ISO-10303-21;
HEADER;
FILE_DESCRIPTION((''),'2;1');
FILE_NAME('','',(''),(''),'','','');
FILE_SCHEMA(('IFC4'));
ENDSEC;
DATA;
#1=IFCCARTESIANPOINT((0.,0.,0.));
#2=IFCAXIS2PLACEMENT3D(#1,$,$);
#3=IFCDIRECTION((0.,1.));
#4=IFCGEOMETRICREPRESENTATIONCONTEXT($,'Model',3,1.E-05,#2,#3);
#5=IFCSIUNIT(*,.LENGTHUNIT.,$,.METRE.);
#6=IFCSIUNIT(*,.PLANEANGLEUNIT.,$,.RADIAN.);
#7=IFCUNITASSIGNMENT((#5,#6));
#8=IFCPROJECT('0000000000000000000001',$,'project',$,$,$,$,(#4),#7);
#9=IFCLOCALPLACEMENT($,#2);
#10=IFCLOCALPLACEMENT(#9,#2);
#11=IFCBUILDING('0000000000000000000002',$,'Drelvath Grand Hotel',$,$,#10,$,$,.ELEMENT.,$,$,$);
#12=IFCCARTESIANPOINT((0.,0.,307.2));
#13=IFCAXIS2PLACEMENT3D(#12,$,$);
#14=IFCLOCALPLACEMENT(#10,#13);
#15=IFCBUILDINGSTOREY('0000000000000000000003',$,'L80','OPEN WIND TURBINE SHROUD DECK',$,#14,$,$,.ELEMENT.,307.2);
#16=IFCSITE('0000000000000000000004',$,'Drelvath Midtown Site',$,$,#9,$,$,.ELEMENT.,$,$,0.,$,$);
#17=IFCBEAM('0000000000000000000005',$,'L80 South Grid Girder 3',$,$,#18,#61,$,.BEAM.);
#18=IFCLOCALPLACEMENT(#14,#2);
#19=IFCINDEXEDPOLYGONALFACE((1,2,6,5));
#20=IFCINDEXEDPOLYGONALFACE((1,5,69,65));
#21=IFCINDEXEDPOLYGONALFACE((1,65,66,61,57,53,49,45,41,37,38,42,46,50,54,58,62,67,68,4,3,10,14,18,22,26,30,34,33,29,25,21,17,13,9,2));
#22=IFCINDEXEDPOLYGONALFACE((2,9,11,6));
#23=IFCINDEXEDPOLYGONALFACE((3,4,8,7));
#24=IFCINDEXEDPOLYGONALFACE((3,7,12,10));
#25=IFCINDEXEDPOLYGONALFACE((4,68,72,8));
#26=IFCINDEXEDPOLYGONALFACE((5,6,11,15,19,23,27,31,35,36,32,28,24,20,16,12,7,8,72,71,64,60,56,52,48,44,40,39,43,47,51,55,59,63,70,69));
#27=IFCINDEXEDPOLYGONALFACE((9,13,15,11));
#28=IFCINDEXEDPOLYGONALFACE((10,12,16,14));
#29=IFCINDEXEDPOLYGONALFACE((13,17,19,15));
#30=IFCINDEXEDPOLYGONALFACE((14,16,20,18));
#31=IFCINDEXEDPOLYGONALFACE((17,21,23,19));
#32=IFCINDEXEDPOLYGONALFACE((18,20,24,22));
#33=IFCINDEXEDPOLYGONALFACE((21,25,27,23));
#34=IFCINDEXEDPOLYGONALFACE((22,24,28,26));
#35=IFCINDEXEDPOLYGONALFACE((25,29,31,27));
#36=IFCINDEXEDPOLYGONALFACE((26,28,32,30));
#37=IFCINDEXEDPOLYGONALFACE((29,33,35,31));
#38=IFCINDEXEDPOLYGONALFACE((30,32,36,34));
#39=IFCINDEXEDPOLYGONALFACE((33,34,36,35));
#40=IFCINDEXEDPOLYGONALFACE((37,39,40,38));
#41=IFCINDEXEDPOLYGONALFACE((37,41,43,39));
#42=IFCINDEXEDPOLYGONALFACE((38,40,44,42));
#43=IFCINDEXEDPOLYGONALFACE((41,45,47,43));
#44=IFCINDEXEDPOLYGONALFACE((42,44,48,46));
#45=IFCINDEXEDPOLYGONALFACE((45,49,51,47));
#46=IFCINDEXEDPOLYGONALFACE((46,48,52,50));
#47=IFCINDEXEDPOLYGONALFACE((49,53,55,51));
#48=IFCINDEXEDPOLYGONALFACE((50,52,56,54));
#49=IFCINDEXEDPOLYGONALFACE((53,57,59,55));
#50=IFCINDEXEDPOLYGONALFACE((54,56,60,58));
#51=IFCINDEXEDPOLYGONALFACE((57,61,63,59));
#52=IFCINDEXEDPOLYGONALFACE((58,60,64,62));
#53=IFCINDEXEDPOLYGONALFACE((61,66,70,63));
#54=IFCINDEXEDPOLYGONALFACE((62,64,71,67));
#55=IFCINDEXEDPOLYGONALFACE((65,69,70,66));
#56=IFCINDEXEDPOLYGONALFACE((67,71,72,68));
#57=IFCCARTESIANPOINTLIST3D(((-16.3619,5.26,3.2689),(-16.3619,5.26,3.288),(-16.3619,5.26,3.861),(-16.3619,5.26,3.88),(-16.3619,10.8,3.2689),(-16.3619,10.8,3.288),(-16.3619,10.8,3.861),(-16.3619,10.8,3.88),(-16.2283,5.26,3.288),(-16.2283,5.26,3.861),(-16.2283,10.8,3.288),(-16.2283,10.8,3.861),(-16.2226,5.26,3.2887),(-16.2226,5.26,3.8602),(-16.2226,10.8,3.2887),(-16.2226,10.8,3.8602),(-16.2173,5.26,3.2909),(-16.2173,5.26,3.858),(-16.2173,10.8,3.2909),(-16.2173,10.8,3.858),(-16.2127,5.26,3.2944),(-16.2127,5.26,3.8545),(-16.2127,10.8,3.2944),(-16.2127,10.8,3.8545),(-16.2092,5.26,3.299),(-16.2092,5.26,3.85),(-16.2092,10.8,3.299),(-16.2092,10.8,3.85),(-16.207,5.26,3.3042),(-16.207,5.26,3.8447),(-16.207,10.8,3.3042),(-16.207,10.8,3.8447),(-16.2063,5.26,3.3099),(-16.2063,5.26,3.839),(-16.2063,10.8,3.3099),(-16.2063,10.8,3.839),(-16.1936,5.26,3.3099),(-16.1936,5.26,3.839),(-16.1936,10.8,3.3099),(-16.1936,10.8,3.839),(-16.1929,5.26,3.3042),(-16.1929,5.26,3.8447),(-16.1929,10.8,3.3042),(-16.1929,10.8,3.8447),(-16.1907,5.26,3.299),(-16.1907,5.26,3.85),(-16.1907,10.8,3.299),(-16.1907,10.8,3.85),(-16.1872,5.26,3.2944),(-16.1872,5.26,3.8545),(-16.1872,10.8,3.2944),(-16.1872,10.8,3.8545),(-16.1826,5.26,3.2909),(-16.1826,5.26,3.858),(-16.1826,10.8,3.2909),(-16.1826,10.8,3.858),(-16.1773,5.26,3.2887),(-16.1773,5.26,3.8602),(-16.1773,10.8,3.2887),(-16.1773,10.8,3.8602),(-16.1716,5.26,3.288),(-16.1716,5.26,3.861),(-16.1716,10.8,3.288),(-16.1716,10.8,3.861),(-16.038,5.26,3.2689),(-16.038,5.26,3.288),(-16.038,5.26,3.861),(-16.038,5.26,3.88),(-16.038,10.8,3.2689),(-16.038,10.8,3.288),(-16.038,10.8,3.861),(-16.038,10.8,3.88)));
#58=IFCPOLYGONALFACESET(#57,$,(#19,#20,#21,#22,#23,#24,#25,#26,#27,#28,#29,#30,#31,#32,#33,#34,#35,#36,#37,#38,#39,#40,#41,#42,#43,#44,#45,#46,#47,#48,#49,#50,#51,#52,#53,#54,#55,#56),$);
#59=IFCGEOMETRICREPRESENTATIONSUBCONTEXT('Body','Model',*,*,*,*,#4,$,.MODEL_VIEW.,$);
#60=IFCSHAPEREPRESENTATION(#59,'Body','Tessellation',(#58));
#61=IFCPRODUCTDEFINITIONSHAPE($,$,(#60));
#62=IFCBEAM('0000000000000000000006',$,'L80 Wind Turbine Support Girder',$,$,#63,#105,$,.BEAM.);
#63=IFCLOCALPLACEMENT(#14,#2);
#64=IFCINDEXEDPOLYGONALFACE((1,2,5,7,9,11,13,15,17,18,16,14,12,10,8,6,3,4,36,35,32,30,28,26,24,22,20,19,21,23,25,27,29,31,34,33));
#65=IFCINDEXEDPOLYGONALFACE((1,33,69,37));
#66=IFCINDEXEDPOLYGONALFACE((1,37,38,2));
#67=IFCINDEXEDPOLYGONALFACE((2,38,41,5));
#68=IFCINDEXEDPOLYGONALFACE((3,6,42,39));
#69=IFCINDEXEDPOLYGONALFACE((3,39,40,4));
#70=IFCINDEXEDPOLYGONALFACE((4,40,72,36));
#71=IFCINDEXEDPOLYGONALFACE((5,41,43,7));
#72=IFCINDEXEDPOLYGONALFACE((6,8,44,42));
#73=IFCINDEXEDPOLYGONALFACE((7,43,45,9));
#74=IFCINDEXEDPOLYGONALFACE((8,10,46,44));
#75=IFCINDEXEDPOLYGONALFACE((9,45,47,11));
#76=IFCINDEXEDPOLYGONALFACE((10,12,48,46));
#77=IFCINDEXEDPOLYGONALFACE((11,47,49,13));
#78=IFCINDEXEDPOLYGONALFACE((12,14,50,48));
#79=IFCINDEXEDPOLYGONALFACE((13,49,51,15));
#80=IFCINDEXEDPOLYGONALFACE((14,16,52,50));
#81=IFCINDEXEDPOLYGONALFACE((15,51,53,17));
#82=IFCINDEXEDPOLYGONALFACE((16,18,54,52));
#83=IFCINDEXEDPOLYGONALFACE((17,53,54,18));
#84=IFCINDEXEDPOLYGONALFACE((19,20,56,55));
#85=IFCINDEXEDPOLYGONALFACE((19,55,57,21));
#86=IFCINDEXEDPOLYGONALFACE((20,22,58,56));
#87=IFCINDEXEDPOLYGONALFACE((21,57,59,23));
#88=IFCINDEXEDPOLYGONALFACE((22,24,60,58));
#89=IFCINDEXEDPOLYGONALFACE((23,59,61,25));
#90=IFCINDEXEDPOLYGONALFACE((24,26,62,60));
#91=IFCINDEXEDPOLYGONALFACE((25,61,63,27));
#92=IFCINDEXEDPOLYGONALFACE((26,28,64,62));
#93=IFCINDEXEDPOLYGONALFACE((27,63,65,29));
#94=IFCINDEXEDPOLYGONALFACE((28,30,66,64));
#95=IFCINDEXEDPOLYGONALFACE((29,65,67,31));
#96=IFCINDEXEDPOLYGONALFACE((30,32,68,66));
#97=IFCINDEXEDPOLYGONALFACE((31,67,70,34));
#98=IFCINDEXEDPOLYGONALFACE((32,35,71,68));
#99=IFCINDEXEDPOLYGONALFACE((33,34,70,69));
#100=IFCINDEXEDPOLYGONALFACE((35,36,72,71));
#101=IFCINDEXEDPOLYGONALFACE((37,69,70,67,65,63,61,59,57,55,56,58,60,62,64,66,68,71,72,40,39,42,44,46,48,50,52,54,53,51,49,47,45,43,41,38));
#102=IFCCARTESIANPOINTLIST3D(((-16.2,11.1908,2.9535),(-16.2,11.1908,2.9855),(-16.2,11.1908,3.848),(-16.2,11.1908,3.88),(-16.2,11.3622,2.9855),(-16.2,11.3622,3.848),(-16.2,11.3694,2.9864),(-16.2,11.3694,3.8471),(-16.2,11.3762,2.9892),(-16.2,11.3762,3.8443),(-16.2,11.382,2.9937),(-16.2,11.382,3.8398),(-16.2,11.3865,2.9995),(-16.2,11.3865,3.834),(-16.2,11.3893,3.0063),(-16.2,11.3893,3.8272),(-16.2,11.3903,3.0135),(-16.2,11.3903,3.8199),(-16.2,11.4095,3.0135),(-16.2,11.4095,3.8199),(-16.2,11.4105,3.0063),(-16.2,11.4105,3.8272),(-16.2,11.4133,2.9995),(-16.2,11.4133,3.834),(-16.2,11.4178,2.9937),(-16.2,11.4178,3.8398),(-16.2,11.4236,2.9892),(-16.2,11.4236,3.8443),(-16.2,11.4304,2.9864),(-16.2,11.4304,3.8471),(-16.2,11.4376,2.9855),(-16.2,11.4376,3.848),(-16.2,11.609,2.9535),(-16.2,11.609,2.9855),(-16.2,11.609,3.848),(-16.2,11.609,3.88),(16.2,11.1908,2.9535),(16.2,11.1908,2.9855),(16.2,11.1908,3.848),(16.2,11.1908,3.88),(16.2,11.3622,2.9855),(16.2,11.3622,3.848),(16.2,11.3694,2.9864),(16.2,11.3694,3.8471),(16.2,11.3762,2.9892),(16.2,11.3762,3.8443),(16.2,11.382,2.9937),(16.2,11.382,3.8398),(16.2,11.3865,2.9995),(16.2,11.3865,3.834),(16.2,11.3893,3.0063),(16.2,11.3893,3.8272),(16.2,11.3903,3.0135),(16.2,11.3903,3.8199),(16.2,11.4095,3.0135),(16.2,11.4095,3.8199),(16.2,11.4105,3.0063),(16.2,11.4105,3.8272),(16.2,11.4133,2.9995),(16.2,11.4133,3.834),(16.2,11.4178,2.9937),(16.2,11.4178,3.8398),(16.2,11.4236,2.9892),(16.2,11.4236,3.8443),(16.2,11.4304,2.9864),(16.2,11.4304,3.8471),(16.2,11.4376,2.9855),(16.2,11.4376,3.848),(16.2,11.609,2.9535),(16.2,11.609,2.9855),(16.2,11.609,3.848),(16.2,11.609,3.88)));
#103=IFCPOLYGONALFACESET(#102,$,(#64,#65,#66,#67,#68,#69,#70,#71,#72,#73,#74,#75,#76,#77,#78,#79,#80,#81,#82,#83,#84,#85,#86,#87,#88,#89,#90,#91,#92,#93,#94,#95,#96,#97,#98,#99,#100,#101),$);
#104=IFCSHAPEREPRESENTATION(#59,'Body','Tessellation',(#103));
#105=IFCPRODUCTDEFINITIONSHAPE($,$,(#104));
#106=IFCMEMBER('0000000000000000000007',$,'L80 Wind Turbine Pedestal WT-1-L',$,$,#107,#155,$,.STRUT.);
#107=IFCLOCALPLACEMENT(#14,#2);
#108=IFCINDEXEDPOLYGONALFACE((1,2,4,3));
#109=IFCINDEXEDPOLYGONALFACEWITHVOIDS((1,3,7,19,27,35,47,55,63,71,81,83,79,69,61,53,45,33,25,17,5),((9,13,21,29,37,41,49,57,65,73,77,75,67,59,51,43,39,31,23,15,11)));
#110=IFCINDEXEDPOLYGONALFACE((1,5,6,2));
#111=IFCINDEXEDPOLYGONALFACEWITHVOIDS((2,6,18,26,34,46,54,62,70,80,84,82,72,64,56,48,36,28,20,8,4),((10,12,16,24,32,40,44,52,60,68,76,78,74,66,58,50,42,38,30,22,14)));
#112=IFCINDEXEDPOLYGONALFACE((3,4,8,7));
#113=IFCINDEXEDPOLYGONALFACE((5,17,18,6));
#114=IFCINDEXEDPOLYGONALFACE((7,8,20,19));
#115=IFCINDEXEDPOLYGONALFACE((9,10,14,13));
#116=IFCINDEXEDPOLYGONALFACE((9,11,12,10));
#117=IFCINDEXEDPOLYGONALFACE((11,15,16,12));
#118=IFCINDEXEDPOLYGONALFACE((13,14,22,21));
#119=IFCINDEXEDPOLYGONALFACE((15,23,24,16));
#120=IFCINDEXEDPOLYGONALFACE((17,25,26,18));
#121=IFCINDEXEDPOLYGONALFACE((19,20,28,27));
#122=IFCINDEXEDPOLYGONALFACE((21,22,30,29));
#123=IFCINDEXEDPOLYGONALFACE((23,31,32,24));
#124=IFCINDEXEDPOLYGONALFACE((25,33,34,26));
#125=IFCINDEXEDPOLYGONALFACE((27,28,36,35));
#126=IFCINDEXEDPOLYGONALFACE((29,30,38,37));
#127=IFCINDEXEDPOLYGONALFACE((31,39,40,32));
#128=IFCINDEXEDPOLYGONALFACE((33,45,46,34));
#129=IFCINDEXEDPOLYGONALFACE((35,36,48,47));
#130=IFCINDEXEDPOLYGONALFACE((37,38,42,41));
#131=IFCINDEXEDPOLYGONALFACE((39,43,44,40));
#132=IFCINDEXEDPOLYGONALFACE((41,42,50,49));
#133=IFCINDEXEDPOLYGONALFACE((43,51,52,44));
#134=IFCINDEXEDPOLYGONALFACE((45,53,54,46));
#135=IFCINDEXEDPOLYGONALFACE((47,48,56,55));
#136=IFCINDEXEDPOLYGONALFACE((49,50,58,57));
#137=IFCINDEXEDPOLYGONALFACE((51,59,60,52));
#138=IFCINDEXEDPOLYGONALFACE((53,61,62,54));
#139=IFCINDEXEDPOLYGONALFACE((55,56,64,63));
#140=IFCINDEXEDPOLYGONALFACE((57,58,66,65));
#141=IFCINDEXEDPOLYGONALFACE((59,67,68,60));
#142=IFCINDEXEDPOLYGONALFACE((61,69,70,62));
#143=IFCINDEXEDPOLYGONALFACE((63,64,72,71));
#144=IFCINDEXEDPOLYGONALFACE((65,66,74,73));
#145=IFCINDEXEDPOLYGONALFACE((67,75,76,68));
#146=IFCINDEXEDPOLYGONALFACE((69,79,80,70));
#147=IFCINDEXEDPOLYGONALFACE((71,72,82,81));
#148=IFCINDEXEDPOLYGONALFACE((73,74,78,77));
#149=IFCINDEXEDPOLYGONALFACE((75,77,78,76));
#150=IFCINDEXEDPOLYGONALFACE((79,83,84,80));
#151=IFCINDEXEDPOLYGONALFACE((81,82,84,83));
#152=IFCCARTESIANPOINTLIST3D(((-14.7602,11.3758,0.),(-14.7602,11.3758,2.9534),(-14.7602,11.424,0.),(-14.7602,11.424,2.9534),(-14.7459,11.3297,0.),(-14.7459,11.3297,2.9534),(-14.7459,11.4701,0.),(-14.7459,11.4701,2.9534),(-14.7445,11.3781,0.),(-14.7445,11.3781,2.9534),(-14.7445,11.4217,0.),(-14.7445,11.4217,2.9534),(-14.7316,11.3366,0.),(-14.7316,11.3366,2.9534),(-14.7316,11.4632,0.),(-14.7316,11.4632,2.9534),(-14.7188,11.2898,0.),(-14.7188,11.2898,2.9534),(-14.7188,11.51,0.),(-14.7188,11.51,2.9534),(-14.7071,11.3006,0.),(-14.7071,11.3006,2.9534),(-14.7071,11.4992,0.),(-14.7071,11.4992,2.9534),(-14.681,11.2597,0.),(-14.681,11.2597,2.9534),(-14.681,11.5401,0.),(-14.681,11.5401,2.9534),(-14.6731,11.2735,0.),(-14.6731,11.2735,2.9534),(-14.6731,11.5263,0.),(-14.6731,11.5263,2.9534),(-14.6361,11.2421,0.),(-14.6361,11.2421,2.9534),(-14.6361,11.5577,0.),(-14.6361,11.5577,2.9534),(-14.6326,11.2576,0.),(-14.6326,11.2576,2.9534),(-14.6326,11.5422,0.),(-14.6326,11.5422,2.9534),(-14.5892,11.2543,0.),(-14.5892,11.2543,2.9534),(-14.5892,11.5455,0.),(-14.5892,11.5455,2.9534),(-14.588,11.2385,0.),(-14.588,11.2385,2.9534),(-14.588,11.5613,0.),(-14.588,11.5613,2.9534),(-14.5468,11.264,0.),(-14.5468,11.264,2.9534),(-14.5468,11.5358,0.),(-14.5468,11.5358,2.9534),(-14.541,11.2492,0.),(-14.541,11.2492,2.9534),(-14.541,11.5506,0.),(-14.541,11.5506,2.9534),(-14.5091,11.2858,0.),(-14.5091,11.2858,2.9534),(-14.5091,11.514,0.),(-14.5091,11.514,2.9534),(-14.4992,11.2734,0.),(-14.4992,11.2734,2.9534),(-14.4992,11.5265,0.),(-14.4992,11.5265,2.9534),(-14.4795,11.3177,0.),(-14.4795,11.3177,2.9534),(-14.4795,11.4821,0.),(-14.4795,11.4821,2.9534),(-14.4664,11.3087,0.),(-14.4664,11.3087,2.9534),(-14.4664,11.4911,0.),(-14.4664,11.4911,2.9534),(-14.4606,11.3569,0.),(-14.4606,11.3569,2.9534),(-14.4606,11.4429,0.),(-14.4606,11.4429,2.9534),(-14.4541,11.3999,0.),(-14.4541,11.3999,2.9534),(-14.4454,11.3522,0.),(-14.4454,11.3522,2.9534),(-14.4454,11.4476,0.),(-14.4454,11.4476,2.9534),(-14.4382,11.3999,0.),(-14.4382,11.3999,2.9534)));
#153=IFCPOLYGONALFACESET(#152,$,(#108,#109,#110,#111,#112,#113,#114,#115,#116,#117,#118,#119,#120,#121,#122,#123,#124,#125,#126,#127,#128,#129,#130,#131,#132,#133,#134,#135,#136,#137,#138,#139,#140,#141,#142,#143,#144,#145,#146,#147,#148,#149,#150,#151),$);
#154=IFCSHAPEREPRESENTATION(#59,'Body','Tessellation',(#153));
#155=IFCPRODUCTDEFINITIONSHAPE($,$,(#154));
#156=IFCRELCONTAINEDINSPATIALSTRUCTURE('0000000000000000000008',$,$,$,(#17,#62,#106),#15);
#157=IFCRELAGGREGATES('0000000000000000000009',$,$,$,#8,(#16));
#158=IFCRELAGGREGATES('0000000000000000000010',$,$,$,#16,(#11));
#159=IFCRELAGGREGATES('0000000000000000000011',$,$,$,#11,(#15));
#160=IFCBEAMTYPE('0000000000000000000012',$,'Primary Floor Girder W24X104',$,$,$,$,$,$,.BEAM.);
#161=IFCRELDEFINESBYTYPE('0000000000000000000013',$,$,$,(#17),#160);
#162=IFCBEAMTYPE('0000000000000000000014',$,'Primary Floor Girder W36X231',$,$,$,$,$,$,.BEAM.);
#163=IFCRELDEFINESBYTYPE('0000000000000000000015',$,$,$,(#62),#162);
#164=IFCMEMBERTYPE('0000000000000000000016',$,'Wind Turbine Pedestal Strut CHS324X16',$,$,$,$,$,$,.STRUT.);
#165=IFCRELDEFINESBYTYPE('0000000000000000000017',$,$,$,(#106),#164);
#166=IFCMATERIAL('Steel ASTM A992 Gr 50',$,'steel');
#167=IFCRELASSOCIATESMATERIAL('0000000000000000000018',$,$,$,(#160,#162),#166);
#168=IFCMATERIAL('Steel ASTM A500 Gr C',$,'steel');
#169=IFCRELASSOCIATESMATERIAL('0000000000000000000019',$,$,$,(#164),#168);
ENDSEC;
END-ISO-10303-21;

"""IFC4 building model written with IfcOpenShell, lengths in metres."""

from ifc_helpers import new_model, si_unit, direction, frame, origin, origin_2d, place, context, subcontext, project, spatial, hollow_circle, i_section, extrude, material, material_profile, profile_set, type_object, element, save


model = new_model("IFC4")

# Units and contexts
model_context = context("Model", 3, precision=1e-05, world=origin(), true_north=direction((0.0, 1.0)))
body_context = subcontext(model_context, "Body", "Model", "MODEL_VIEW")
ifc_project = project(units=[si_unit("LENGTHUNIT", "METRE"), si_unit("PLANEANGLEUNIT", "RADIAN")], contexts=[model_context])

# Site, building, storey
site_placement = place(None, origin())
site = spatial("IfcSite", under=ifc_project, at=site_placement, Name="Drelvath Midtown Site", CompositionType="ELEMENT", RefElevation=0.0)
building_placement = place(site_placement, origin())
building = spatial("IfcBuilding", under=site, at=building_placement, Name="Drelvath Grand Hotel", CompositionType="ELEMENT")
storey_placement = place(building_placement, frame((0.0, 0.0, 307.2)))
storey = spatial("IfcBuildingStorey", under=building, at=storey_placement, Name="L80", Description="OPEN WIND TURBINE SHROUD DECK", CompositionType="ELEMENT", Elevation=307.2)

# Beams
ifc_material_1 = material(Name="Steel ASTM A992 Gr 50", Category="steel")
ifc_material_profile_1 = material_profile(ifc_material_1, i_section(OverallWidth=0.324, OverallDepth=0.6111, WebThickness=0.0127, FlangeThickness=0.019, FilletRadius=0.022, at=origin_2d()), Name="W24X104")
ifc_profile_set_1 = profile_set([ifc_material_profile_1], Name="Steel ASTM A992 Gr 50")
beam_type_1 = type_object("IfcBeamType", Name="Primary Floor Girder W24X104", PredefinedType="BEAM", material=ifc_profile_set_1)
beam_1_placement = place(storey_placement, frame((-16.2, 5.26, 3.5745), z_axis=(0.0, 1.0, 0.0), x_axis=(-1.0, 0.0, 0.0)))
element("IfcBeam", 1, at=beam_1_placement, inside=storey, type_object=beam_type_1, Name="L80 South Grid Girder 3", PredefinedType="BEAM", context=body_context, shape_type="SweptSolid", body=[
    extrude(i_section(OverallWidth=0.324, OverallDepth=0.6111, WebThickness=0.0127, FlangeThickness=0.019, FilletRadius=0.022, at=origin_2d()), origin(), (0.0, 0.0, 1.0), 5.54),
])
ifc_material_profile_2 = material_profile(ifc_material_1, i_section(OverallWidth=0.4182, OverallDepth=0.9265, WebThickness=0.0193, FlangeThickness=0.032, FilletRadius=0.0281, at=origin_2d()), Name="W36X231")
ifc_profile_set_2 = profile_set([ifc_material_profile_2], Name="Steel ASTM A992 Gr 50")
beam_type_2 = type_object("IfcBeamType", Name="Primary Floor Girder W36X231", PredefinedType="BEAM", material=ifc_profile_set_2)
beam_2_placement = place(storey_placement, frame((-16.2, 11.3999, 3.4167), z_axis=(1.0, 0.0, 0.0), x_axis=(0.0, 1.0, 0.0)))
element("IfcBeam", 2, at=beam_2_placement, inside=storey, type_object=beam_type_2, Name="L80 Wind Turbine Support Girder", PredefinedType="BEAM", context=body_context, shape_type="SweptSolid", body=[
    extrude(i_section(OverallWidth=0.4182, OverallDepth=0.9265, WebThickness=0.0193, FlangeThickness=0.032, FilletRadius=0.0281, at=origin_2d()), origin(), (0.0, 0.0, 1.0), 32.3999),
])

# Member
ifc_material_2 = material(Name="Steel ASTM A500 Gr C", Category="steel")
ifc_material_profile_3 = material_profile(ifc_material_2, hollow_circle(Radius=0.1619, WallThickness=0.0159, at=origin_2d()), Name="CHS324X16")
ifc_profile_set_3 = profile_set([ifc_material_profile_3], Name="Steel ASTM A500 Gr C")
member_type_1 = type_object("IfcMemberType", Name="Wind Turbine Pedestal Strut CHS324X16", PredefinedType="STRUT", material=ifc_profile_set_3)
member_placement = place(storey_placement, frame((-14.6001, 11.3999, 0.0), z_axis=(0.0, 0.0, 1.0), x_axis=(1.0, 0.0, 0.0)))
element("IfcMember", 3, at=member_placement, inside=storey, type_object=member_type_1, Name="L80 Wind Turbine Pedestal WT-1-L", PredefinedType="STRUT", context=body_context, shape_type="SweptSolid", body=[
    extrude(hollow_circle(Radius=0.1619, WallThickness=0.0159, at=origin_2d()), origin(), (0.0, 0.0, 1.0), 2.9534),
])

save(model, "model.ifc")
